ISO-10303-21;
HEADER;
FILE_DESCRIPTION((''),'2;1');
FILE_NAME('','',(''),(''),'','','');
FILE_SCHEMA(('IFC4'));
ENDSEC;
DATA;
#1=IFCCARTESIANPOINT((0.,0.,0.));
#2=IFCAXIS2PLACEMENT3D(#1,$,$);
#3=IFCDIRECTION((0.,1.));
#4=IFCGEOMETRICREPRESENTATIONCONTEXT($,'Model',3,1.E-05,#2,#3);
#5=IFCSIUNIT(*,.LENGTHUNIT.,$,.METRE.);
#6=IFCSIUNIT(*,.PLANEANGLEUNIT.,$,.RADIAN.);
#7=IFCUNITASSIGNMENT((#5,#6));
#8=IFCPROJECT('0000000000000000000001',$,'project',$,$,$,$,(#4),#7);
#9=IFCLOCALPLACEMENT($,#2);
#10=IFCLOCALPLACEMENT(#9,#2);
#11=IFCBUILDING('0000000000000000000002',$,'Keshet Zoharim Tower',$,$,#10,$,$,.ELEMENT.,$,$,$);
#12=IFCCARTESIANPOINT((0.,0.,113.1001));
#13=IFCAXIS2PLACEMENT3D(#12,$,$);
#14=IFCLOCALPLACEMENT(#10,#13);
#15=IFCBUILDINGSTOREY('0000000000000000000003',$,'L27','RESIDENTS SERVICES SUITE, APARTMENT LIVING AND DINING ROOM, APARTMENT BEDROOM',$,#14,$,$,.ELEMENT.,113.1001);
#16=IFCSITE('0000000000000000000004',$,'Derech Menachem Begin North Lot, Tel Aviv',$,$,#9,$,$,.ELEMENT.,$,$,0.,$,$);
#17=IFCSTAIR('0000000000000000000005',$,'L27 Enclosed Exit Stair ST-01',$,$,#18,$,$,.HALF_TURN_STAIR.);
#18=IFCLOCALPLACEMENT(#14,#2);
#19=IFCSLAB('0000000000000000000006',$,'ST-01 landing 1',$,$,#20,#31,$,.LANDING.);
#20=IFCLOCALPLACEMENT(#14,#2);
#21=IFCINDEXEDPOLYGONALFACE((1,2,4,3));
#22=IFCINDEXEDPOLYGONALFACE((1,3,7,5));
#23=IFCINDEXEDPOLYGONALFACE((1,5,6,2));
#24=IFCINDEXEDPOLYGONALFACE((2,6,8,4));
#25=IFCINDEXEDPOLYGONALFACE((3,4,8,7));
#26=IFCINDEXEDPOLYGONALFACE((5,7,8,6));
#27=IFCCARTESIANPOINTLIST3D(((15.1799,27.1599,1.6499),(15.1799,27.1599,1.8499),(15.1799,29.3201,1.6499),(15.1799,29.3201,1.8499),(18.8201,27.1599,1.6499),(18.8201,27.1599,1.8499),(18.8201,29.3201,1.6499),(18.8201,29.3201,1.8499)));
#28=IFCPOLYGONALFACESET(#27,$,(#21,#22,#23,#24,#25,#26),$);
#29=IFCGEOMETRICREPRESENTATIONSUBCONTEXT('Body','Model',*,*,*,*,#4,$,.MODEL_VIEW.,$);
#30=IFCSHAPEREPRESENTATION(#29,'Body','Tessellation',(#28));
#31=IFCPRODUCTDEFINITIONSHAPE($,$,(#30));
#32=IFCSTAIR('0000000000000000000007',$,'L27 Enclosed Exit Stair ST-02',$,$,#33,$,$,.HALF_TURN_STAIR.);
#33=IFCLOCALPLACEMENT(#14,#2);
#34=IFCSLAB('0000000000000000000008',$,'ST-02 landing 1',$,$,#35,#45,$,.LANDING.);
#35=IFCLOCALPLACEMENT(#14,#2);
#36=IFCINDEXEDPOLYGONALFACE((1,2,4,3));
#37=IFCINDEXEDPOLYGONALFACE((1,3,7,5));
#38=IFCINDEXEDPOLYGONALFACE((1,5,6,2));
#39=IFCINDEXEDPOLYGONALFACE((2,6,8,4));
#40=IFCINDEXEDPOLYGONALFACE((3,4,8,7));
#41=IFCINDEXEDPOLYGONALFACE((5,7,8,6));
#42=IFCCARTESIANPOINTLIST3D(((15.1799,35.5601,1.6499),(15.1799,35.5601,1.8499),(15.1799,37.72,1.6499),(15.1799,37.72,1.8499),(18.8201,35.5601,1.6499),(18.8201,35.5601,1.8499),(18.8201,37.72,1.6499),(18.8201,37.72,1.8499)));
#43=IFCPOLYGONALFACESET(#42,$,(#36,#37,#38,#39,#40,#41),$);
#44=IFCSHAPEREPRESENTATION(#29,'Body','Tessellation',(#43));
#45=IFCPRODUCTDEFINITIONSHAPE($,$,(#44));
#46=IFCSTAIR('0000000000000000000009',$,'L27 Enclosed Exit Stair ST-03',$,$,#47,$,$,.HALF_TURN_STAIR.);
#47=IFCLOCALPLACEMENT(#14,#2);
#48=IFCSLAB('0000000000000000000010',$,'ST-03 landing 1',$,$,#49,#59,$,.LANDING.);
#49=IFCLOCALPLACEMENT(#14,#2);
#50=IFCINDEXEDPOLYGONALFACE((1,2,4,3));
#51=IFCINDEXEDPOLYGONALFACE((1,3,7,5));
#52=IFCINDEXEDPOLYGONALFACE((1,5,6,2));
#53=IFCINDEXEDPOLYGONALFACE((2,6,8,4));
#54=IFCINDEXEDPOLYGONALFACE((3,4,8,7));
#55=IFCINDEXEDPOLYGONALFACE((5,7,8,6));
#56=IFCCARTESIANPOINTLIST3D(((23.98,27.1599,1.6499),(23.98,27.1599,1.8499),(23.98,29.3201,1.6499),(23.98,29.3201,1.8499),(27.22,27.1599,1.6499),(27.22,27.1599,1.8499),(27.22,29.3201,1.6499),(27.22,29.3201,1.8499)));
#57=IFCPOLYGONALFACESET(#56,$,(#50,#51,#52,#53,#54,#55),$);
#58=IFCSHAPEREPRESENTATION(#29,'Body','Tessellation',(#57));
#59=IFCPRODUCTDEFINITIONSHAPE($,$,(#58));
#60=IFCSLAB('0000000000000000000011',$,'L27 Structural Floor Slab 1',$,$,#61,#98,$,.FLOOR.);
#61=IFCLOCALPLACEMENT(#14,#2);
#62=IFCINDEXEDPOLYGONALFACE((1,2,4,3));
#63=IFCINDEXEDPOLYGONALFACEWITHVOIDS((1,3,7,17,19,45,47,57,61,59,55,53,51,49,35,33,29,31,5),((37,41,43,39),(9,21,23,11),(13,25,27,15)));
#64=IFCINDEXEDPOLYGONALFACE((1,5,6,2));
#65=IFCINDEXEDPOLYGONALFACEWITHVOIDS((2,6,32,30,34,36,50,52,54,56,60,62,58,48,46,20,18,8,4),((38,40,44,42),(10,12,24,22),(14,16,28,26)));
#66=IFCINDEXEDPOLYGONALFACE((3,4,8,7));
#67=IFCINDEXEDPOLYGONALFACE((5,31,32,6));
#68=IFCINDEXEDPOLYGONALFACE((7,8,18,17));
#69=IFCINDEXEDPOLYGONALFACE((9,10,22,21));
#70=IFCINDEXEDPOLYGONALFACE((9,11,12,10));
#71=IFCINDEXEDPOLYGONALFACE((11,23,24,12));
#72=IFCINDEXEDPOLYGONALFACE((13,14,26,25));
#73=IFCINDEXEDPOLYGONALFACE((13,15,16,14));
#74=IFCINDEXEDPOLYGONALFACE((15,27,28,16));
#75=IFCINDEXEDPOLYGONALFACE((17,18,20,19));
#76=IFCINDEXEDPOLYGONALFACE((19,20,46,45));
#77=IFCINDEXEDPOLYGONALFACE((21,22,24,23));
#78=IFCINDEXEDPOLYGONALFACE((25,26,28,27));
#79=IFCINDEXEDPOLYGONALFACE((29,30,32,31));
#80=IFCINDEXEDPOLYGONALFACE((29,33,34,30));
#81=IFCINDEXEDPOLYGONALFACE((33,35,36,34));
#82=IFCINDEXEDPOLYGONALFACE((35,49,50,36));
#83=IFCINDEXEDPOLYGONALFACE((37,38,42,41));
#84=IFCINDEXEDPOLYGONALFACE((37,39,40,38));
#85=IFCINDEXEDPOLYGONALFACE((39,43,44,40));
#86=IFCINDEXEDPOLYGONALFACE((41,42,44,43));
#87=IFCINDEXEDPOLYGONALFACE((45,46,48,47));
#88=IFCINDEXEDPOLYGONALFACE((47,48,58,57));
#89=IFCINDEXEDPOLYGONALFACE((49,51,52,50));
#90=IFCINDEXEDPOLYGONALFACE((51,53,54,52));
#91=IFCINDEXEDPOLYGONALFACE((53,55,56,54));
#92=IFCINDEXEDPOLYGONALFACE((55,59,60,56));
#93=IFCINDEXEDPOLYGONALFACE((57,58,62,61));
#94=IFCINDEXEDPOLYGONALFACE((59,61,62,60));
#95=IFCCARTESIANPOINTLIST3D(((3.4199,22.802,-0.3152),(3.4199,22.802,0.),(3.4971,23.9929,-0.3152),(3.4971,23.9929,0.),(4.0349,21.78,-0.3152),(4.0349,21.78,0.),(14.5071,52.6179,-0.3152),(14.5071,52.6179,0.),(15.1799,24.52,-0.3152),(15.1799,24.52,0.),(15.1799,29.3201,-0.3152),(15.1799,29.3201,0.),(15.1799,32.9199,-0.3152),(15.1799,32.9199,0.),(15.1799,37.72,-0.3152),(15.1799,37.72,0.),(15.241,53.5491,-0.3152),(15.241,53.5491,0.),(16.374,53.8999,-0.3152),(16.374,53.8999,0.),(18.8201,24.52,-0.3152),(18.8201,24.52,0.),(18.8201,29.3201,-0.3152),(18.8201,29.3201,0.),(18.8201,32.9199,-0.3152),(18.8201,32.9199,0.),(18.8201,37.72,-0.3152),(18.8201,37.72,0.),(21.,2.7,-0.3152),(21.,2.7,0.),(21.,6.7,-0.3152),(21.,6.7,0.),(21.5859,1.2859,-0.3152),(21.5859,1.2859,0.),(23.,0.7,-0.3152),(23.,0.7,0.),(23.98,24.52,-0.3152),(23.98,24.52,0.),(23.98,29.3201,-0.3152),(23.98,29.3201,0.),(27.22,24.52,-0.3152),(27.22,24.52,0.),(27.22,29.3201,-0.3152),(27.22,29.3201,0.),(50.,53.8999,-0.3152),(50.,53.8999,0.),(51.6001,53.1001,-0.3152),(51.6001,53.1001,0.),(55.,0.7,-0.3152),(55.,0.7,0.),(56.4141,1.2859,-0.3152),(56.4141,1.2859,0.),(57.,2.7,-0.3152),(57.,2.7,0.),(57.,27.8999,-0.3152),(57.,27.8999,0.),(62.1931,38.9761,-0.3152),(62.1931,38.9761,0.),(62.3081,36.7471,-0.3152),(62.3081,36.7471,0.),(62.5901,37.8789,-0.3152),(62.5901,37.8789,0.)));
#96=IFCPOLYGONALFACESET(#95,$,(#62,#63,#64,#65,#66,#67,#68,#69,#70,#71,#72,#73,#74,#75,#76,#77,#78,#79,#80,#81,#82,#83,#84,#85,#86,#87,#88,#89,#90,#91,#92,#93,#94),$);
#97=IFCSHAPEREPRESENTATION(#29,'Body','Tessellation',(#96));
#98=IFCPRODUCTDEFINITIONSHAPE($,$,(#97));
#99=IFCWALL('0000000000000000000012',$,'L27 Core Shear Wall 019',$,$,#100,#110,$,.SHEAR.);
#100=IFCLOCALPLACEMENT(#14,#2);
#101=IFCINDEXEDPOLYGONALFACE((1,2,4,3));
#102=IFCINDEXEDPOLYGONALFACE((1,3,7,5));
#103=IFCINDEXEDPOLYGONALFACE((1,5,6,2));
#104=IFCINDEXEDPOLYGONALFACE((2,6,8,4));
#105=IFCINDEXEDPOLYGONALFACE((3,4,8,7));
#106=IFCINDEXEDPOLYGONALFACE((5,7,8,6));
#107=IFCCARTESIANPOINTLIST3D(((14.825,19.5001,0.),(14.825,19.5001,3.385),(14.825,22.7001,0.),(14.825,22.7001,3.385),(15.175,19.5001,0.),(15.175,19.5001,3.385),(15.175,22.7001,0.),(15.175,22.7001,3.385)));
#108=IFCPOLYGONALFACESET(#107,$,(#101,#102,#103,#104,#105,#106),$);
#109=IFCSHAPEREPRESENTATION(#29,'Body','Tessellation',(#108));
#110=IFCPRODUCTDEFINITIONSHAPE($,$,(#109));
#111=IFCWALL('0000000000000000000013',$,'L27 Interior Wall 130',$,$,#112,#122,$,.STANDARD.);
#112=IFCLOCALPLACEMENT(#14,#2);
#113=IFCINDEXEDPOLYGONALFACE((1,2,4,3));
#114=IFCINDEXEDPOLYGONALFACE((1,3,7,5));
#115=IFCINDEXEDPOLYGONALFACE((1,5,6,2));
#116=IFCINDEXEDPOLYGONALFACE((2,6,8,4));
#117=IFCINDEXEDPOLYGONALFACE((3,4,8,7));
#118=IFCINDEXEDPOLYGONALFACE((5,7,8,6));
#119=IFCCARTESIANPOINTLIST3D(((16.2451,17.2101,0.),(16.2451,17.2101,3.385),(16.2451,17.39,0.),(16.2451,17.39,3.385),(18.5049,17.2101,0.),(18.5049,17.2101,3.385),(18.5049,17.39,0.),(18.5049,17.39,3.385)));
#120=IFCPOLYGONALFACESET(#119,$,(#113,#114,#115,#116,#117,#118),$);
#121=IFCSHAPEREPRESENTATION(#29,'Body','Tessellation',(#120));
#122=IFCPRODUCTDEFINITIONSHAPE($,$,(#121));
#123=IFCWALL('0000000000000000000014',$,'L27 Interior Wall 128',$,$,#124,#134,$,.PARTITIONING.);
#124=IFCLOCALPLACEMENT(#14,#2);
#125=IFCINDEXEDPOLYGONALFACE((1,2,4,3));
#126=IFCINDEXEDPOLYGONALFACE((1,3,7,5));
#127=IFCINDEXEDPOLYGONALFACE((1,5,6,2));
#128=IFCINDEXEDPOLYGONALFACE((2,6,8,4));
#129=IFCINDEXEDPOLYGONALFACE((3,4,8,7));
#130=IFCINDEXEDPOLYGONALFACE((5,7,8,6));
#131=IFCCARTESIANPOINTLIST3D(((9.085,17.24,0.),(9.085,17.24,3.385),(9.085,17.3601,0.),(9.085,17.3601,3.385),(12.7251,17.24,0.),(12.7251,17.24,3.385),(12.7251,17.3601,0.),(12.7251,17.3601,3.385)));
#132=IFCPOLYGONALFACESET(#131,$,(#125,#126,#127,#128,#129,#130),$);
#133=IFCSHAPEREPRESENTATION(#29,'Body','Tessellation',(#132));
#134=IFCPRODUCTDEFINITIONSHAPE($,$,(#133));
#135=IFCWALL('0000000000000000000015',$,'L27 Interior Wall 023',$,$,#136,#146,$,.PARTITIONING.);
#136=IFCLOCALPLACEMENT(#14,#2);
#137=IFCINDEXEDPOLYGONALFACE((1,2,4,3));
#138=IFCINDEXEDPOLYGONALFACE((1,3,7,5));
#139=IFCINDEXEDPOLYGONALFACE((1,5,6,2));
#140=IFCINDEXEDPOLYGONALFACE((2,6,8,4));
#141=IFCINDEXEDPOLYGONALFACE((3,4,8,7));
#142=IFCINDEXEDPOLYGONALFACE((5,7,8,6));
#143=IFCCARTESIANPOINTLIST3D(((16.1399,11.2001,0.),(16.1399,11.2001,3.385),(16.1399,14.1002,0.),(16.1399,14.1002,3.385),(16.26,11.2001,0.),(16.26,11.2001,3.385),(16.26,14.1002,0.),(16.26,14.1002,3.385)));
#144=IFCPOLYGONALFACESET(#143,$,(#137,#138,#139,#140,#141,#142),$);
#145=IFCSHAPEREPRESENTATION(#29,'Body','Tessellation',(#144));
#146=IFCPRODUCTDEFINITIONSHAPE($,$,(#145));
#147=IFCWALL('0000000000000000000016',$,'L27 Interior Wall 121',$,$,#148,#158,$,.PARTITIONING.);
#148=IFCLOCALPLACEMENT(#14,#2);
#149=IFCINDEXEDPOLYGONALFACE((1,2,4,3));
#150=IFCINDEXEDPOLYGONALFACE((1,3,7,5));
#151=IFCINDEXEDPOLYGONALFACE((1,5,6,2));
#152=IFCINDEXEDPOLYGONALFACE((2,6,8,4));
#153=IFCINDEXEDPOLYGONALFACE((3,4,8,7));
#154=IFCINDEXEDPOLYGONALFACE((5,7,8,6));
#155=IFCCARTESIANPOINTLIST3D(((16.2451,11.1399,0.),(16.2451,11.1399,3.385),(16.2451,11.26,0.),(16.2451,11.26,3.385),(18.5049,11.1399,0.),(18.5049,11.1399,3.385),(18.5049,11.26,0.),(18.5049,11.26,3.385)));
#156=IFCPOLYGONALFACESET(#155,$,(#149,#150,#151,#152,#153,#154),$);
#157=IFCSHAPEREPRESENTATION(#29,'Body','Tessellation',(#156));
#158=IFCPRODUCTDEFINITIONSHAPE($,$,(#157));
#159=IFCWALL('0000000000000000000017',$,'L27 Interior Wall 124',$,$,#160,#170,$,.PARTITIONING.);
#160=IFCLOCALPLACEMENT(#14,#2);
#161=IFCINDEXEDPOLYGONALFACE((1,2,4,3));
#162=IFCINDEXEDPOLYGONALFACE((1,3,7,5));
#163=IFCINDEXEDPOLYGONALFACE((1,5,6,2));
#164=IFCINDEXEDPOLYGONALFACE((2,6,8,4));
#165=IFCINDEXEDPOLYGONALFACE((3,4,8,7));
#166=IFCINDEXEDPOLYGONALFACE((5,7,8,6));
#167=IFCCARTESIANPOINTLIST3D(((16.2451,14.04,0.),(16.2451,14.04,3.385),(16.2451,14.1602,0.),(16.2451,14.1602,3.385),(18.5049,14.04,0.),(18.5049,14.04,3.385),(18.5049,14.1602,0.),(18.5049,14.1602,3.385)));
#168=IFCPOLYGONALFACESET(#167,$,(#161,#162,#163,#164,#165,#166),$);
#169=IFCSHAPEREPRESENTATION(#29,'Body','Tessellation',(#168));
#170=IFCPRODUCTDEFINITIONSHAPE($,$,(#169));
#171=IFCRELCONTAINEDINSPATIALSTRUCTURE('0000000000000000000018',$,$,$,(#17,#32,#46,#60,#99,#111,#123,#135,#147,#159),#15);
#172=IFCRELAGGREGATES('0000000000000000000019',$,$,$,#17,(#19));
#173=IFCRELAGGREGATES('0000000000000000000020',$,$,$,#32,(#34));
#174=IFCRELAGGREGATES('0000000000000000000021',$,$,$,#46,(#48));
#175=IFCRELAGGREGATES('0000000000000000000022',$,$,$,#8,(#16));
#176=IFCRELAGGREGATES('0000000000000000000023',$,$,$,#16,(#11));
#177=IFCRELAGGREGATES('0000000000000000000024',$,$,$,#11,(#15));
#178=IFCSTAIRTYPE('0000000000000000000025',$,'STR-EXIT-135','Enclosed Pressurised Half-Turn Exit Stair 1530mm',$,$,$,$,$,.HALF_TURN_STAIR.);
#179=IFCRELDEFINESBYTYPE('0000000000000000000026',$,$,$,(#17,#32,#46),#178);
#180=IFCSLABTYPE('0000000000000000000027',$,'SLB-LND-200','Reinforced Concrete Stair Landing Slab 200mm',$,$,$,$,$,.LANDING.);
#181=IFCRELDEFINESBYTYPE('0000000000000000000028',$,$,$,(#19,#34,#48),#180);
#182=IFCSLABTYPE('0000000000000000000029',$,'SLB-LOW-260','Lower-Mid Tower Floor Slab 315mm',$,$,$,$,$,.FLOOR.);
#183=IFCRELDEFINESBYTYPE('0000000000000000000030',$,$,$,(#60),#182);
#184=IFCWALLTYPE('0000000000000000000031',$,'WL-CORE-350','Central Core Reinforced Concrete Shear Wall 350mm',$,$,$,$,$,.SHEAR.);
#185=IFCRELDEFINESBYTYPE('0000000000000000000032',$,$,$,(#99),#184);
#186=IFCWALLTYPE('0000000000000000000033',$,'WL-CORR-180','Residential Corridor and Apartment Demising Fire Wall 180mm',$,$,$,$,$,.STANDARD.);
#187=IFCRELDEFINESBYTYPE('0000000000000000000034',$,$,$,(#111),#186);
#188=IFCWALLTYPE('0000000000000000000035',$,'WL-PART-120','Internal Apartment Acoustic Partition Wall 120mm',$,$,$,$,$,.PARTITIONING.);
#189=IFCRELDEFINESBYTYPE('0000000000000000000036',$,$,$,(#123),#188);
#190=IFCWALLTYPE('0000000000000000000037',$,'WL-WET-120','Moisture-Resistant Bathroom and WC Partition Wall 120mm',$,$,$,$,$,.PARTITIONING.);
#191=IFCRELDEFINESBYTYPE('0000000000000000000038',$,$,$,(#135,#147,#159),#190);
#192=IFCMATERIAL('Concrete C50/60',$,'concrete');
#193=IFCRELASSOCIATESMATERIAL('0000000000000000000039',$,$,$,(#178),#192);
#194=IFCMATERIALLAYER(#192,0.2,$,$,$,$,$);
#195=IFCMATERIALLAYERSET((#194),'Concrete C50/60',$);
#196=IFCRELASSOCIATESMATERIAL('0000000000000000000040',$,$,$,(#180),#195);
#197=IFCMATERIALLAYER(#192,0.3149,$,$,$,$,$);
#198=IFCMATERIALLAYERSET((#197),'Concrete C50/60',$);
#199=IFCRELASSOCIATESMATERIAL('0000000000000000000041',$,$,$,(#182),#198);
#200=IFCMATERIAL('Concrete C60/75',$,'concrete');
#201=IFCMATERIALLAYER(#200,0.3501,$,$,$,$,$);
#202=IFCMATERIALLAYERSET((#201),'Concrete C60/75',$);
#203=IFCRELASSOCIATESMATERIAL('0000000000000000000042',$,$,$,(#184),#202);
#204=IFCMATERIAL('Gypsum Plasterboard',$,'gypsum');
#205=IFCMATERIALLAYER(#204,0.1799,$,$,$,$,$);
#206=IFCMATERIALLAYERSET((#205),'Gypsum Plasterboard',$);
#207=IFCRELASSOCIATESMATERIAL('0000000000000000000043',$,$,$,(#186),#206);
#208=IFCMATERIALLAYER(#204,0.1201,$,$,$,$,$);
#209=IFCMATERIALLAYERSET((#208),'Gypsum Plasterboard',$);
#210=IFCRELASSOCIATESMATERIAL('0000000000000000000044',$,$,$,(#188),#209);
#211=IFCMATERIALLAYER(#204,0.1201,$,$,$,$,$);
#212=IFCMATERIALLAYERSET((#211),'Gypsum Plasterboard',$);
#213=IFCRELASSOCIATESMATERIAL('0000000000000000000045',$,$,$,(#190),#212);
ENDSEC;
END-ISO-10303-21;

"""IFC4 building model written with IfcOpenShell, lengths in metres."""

from ifc_helpers import new_model, si_unit, direction, frame, frame_2d, origin, place, context, subcontext, project, spatial, polyline, rectangle, outline, extrude, material, layer, layer_set, type_object, element, aggregate, save


model = new_model("IFC4")

# Units and contexts
model_context = context("Model", 3, precision=1e-05, world=origin(), true_north=direction((0.0, 1.0)))
body_context = subcontext(model_context, "Body", "Model", "MODEL_VIEW")
ifc_project = project(units=[si_unit("LENGTHUNIT", "METRE"), si_unit("PLANEANGLEUNIT", "RADIAN")], contexts=[model_context])

# Site, building, storey
site_placement = place(None, origin())
site = spatial("IfcSite", under=ifc_project, at=site_placement, Name="Derech Menachem Begin North Lot, Tel Aviv", CompositionType="ELEMENT", RefElevation=0.0)
building_placement = place(site_placement, origin())
building = spatial("IfcBuilding", under=site, at=building_placement, Name="Keshet Zoharim Tower", CompositionType="ELEMENT")
storey_placement = place(building_placement, frame((0.0, 0.0, 113.1001)))
storey = spatial("IfcBuildingStorey", under=building, at=storey_placement, Name="L27", Description="RESIDENTS SERVICES SUITE, APARTMENT LIVING AND DINING ROOM, APARTMENT BEDROOM", CompositionType="ELEMENT", Elevation=113.1001)

# Shared definitions
ifc_material_1 = material(Name="Concrete C60/75", Category="concrete")

# Stairs, slabs
ifc_material_2 = material(Name="Concrete C50/60", Category="concrete")
stair_type = type_object("IfcStairType", Name="STR-EXIT-135", Description="Enclosed Pressurised Half-Turn Exit Stair 1530mm", PredefinedType="HALF_TURN_STAIR", material=ifc_material_2)
stair_1_placement = place(storey_placement, origin())
stair_1 = element("IfcStair", 1, at=stair_1_placement, inside=storey, type_object=stair_type, Name="L27 Enclosed Exit Stair ST-01", PredefinedType="HALF_TURN_STAIR")
ifc_layer_1 = layer(ifc_material_2, 0.2)
ifc_layer_set_1 = layer_set([ifc_layer_1], Name="Concrete C50/60")
slab_type_1 = type_object("IfcSlabType", Name="SLB-LND-200", Description="Reinforced Concrete Stair Landing Slab 200mm", PredefinedType="LANDING", material=ifc_layer_set_1)
slab_1_placement = place(storey_placement, frame((0.0, 0.0, 1.6499)))
slab_1 = element("IfcSlab", 2, at=slab_1_placement, type_object=slab_type_1, Name="ST-01 landing 1", PredefinedType="LANDING", context=body_context, shape_type="SweptSolid", body=[
    extrude(outline(polyline([(15.1799, 27.1599), (18.8201, 27.1599), (18.8201, 29.3201), (15.1799, 29.3201), (15.1799, 27.1599)])), origin(), (0.0, 0.0, 1.0), 0.2),
])
aggregate(stair_1, [slab_1])
stair_2_placement = place(storey_placement, origin())
stair_2 = element("IfcStair", 3, at=stair_2_placement, inside=storey, type_object=stair_type, Name="L27 Enclosed Exit Stair ST-02", PredefinedType="HALF_TURN_STAIR")
slab_2_placement = place(storey_placement, frame((0.0, 0.0, 1.6499)))
slab_2 = element("IfcSlab", 4, at=slab_2_placement, type_object=slab_type_1, Name="ST-02 landing 1", PredefinedType="LANDING", context=body_context, shape_type="SweptSolid", body=[
    extrude(outline(polyline([(15.1799, 35.5601), (18.8201, 35.5601), (18.8201, 37.72), (15.1799, 37.72), (15.1799, 35.5601)])), origin(), (0.0, 0.0, 1.0), 0.2),
])
aggregate(stair_2, [slab_2])
stair_3_placement = place(storey_placement, origin())
stair_3 = element("IfcStair", 5, at=stair_3_placement, inside=storey, type_object=stair_type, Name="L27 Enclosed Exit Stair ST-03", PredefinedType="HALF_TURN_STAIR")
slab_3_placement = place(storey_placement, frame((0.0, 0.0, 1.6499)))
slab_3 = element("IfcSlab", 6, at=slab_3_placement, type_object=slab_type_1, Name="ST-03 landing 1", PredefinedType="LANDING", context=body_context, shape_type="SweptSolid", body=[
    extrude(outline(polyline([(23.98, 27.1599), (27.22, 27.1599), (27.22, 29.3201), (23.98, 29.3201), (23.98, 27.1599)])), origin(), (0.0, 0.0, 1.0), 0.2),
])
aggregate(stair_3, [slab_3])

# Slab
ifc_layer_2 = layer(ifc_material_2, 0.3149)
ifc_layer_set_2 = layer_set([ifc_layer_2], Name="Concrete C50/60")
slab_type_2 = type_object("IfcSlabType", Name="SLB-LOW-260", Description="Lower-Mid Tower Floor Slab 315mm", PredefinedType="FLOOR", material=ifc_layer_set_2)
slab_4_placement = place(storey_placement, frame((0.0, 0.0, -0.3152)))
element("IfcSlab", 7, at=slab_4_placement, inside=storey, type_object=slab_type_2, Name="L27 Structural Floor Slab 1", PredefinedType="FLOOR", context=body_context, shape_type="SweptSolid", body=[
    extrude(outline(polyline([(57.0, 2.7), (56.4141, 1.2859), (55.0, 0.7), (23.0, 0.7), (21.5859, 1.2859), (21.0, 2.7), (21.0, 6.7), (4.0349, 21.78), (3.4199, 22.802), (3.4971, 23.9929), (14.5071, 52.6179), (15.241, 53.5491), (16.374, 53.8999), (50.0, 53.8999), (51.6001, 53.1001), (62.1931, 38.9761), (62.5901, 37.8789), (62.3081, 36.7471), (57.0, 27.8999), (57.0, 2.7)]), holes=[polyline([(15.1799, 24.52), (18.8201, 24.52), (18.8201, 29.3201), (15.1799, 29.3201), (15.1799, 24.52)]), polyline([(15.1799, 32.9199), (18.8201, 32.9199), (18.8201, 37.72), (15.1799, 37.72), (15.1799, 32.9199)]), polyline([(23.98, 24.52), (27.22, 24.52), (27.22, 29.3201), (23.98, 29.3201), (23.98, 24.52)])]), origin(), (0.0, 0.0, 1.0), 0.3152),
])

# Wall
ifc_layer_3 = layer(ifc_material_1, 0.3501)
ifc_layer_set_3 = layer_set([ifc_layer_3], Name="Concrete C60/75")
wall_type_1 = type_object("IfcWallType", Name="WL-CORE-350", Description="Central Core Reinforced Concrete Shear Wall 350mm", PredefinedType="SHEAR", material=ifc_layer_set_3)
wall_1_placement = place(storey_placement, frame((15.0, 19.5, 0.0), z_axis=(0.0, 0.0, 1.0), x_axis=(0.0, 1.0, 0.0)))
element("IfcWall", 8, at=wall_1_placement, inside=storey, type_object=wall_type_1, Name="L27 Core Shear Wall 019", PredefinedType="SHEAR", context=body_context, shape_type="SweptSolid", body=[
    extrude(rectangle(XDim=3.2, YDim=0.3501, at=frame_2d((1.6001, 0.0))), origin(), (0.0, 0.0, 1.0), 3.385),
])

# Shared definitions
ifc_material_3 = material(Name="Gypsum Plasterboard", Category="gypsum")
ifc_layer_4 = layer(ifc_material_3, 0.1799)
ifc_layer_set_4 = layer_set([ifc_layer_4], Name="Gypsum Plasterboard")
wall_type_2 = type_object("IfcWallType", Name="WL-CORR-180", Description="Residential Corridor and Apartment Demising Fire Wall 180mm", PredefinedType="STANDARD", material=ifc_layer_set_4)

# Wall
wall_2_placement = place(storey_placement, frame((16.2451, 17.3, 0.0), z_axis=(0.0, 0.0, 1.0), x_axis=(1.0, 0.0, 0.0)))
element("IfcWall", 9, at=wall_2_placement, inside=storey, type_object=wall_type_2, Name="L27 Interior Wall 130", PredefinedType="STANDARD", context=body_context, shape_type="SweptSolid", body=[
    extrude(rectangle(XDim=2.2598, YDim=0.1799, at=frame_2d((1.1299, 0.0))), origin(), (0.0, 0.0, 1.0), 3.385),
])

# Shared definitions
ifc_layer_5 = layer(ifc_material_3, 0.1201)
ifc_layer_set_5 = layer_set([ifc_layer_5], Name="Gypsum Plasterboard")
wall_type_3 = type_object("IfcWallType", Name="WL-PART-120", Description="Internal Apartment Acoustic Partition Wall 120mm", PredefinedType="PARTITIONING", material=ifc_layer_set_5)

# Walls
wall_3_placement = place(storey_placement, frame((9.085, 17.3, 0.0), z_axis=(0.0, 0.0, 1.0), x_axis=(1.0, 0.0, 0.0)))
element("IfcWall", 10, at=wall_3_placement, inside=storey, type_object=wall_type_3, Name="L27 Interior Wall 128", PredefinedType="PARTITIONING", context=body_context, shape_type="SweptSolid", body=[
    extrude(rectangle(XDim=3.6401, YDim=0.1201, at=frame_2d((1.8201, 0.0))), origin(), (0.0, 0.0, 1.0), 3.385),
])
ifc_layer_6 = layer(ifc_material_3, 0.1201)
ifc_layer_set_6 = layer_set([ifc_layer_6], Name="Gypsum Plasterboard")
wall_type_4 = type_object("IfcWallType", Name="WL-WET-120", Description="Moisture-Resistant Bathroom and WC Partition Wall 120mm", PredefinedType="PARTITIONING", material=ifc_layer_set_6)
wall_4_placement = place(storey_placement, frame((16.2, 11.2, 0.0), z_axis=(0.0, 0.0, 1.0), x_axis=(0.0, 1.0, 0.0)))
element("IfcWall", 11, at=wall_4_placement, inside=storey, type_object=wall_type_4, Name="L27 Interior Wall 023", PredefinedType="PARTITIONING", context=body_context, shape_type="SweptSolid", body=[
    extrude(rectangle(XDim=2.9001, YDim=0.1201, at=frame_2d((1.4502, 0.0))), origin(), (0.0, 0.0, 1.0), 3.385),
])
for number, where, z_axis, x_axis, name in (
    (12, (16.2451, 11.2, 0.0), (0.0, 0.0, 1.0), (1.0, 0.0, 0.0), "L27 Interior Wall 121"),
    (13, (16.2451, 14.1001, 0.0), (0.0, 0.0, 1.0), (1.0, 0.0, 0.0), "L27 Interior Wall 124"),
):
    element("IfcWall", number, at=place(storey_placement, frame(where, z_axis=z_axis, x_axis=x_axis)), inside=storey, type_object=wall_type_4, Name=name, PredefinedType="PARTITIONING", context=body_context, shape_type="SweptSolid", body=[
        extrude(rectangle(XDim=2.2598, YDim=0.1201, at=frame_2d((1.1299, 0.0))), origin(), (0.0, 0.0, 1.0), 3.385),
    ])

save(model, "model.ifc")
